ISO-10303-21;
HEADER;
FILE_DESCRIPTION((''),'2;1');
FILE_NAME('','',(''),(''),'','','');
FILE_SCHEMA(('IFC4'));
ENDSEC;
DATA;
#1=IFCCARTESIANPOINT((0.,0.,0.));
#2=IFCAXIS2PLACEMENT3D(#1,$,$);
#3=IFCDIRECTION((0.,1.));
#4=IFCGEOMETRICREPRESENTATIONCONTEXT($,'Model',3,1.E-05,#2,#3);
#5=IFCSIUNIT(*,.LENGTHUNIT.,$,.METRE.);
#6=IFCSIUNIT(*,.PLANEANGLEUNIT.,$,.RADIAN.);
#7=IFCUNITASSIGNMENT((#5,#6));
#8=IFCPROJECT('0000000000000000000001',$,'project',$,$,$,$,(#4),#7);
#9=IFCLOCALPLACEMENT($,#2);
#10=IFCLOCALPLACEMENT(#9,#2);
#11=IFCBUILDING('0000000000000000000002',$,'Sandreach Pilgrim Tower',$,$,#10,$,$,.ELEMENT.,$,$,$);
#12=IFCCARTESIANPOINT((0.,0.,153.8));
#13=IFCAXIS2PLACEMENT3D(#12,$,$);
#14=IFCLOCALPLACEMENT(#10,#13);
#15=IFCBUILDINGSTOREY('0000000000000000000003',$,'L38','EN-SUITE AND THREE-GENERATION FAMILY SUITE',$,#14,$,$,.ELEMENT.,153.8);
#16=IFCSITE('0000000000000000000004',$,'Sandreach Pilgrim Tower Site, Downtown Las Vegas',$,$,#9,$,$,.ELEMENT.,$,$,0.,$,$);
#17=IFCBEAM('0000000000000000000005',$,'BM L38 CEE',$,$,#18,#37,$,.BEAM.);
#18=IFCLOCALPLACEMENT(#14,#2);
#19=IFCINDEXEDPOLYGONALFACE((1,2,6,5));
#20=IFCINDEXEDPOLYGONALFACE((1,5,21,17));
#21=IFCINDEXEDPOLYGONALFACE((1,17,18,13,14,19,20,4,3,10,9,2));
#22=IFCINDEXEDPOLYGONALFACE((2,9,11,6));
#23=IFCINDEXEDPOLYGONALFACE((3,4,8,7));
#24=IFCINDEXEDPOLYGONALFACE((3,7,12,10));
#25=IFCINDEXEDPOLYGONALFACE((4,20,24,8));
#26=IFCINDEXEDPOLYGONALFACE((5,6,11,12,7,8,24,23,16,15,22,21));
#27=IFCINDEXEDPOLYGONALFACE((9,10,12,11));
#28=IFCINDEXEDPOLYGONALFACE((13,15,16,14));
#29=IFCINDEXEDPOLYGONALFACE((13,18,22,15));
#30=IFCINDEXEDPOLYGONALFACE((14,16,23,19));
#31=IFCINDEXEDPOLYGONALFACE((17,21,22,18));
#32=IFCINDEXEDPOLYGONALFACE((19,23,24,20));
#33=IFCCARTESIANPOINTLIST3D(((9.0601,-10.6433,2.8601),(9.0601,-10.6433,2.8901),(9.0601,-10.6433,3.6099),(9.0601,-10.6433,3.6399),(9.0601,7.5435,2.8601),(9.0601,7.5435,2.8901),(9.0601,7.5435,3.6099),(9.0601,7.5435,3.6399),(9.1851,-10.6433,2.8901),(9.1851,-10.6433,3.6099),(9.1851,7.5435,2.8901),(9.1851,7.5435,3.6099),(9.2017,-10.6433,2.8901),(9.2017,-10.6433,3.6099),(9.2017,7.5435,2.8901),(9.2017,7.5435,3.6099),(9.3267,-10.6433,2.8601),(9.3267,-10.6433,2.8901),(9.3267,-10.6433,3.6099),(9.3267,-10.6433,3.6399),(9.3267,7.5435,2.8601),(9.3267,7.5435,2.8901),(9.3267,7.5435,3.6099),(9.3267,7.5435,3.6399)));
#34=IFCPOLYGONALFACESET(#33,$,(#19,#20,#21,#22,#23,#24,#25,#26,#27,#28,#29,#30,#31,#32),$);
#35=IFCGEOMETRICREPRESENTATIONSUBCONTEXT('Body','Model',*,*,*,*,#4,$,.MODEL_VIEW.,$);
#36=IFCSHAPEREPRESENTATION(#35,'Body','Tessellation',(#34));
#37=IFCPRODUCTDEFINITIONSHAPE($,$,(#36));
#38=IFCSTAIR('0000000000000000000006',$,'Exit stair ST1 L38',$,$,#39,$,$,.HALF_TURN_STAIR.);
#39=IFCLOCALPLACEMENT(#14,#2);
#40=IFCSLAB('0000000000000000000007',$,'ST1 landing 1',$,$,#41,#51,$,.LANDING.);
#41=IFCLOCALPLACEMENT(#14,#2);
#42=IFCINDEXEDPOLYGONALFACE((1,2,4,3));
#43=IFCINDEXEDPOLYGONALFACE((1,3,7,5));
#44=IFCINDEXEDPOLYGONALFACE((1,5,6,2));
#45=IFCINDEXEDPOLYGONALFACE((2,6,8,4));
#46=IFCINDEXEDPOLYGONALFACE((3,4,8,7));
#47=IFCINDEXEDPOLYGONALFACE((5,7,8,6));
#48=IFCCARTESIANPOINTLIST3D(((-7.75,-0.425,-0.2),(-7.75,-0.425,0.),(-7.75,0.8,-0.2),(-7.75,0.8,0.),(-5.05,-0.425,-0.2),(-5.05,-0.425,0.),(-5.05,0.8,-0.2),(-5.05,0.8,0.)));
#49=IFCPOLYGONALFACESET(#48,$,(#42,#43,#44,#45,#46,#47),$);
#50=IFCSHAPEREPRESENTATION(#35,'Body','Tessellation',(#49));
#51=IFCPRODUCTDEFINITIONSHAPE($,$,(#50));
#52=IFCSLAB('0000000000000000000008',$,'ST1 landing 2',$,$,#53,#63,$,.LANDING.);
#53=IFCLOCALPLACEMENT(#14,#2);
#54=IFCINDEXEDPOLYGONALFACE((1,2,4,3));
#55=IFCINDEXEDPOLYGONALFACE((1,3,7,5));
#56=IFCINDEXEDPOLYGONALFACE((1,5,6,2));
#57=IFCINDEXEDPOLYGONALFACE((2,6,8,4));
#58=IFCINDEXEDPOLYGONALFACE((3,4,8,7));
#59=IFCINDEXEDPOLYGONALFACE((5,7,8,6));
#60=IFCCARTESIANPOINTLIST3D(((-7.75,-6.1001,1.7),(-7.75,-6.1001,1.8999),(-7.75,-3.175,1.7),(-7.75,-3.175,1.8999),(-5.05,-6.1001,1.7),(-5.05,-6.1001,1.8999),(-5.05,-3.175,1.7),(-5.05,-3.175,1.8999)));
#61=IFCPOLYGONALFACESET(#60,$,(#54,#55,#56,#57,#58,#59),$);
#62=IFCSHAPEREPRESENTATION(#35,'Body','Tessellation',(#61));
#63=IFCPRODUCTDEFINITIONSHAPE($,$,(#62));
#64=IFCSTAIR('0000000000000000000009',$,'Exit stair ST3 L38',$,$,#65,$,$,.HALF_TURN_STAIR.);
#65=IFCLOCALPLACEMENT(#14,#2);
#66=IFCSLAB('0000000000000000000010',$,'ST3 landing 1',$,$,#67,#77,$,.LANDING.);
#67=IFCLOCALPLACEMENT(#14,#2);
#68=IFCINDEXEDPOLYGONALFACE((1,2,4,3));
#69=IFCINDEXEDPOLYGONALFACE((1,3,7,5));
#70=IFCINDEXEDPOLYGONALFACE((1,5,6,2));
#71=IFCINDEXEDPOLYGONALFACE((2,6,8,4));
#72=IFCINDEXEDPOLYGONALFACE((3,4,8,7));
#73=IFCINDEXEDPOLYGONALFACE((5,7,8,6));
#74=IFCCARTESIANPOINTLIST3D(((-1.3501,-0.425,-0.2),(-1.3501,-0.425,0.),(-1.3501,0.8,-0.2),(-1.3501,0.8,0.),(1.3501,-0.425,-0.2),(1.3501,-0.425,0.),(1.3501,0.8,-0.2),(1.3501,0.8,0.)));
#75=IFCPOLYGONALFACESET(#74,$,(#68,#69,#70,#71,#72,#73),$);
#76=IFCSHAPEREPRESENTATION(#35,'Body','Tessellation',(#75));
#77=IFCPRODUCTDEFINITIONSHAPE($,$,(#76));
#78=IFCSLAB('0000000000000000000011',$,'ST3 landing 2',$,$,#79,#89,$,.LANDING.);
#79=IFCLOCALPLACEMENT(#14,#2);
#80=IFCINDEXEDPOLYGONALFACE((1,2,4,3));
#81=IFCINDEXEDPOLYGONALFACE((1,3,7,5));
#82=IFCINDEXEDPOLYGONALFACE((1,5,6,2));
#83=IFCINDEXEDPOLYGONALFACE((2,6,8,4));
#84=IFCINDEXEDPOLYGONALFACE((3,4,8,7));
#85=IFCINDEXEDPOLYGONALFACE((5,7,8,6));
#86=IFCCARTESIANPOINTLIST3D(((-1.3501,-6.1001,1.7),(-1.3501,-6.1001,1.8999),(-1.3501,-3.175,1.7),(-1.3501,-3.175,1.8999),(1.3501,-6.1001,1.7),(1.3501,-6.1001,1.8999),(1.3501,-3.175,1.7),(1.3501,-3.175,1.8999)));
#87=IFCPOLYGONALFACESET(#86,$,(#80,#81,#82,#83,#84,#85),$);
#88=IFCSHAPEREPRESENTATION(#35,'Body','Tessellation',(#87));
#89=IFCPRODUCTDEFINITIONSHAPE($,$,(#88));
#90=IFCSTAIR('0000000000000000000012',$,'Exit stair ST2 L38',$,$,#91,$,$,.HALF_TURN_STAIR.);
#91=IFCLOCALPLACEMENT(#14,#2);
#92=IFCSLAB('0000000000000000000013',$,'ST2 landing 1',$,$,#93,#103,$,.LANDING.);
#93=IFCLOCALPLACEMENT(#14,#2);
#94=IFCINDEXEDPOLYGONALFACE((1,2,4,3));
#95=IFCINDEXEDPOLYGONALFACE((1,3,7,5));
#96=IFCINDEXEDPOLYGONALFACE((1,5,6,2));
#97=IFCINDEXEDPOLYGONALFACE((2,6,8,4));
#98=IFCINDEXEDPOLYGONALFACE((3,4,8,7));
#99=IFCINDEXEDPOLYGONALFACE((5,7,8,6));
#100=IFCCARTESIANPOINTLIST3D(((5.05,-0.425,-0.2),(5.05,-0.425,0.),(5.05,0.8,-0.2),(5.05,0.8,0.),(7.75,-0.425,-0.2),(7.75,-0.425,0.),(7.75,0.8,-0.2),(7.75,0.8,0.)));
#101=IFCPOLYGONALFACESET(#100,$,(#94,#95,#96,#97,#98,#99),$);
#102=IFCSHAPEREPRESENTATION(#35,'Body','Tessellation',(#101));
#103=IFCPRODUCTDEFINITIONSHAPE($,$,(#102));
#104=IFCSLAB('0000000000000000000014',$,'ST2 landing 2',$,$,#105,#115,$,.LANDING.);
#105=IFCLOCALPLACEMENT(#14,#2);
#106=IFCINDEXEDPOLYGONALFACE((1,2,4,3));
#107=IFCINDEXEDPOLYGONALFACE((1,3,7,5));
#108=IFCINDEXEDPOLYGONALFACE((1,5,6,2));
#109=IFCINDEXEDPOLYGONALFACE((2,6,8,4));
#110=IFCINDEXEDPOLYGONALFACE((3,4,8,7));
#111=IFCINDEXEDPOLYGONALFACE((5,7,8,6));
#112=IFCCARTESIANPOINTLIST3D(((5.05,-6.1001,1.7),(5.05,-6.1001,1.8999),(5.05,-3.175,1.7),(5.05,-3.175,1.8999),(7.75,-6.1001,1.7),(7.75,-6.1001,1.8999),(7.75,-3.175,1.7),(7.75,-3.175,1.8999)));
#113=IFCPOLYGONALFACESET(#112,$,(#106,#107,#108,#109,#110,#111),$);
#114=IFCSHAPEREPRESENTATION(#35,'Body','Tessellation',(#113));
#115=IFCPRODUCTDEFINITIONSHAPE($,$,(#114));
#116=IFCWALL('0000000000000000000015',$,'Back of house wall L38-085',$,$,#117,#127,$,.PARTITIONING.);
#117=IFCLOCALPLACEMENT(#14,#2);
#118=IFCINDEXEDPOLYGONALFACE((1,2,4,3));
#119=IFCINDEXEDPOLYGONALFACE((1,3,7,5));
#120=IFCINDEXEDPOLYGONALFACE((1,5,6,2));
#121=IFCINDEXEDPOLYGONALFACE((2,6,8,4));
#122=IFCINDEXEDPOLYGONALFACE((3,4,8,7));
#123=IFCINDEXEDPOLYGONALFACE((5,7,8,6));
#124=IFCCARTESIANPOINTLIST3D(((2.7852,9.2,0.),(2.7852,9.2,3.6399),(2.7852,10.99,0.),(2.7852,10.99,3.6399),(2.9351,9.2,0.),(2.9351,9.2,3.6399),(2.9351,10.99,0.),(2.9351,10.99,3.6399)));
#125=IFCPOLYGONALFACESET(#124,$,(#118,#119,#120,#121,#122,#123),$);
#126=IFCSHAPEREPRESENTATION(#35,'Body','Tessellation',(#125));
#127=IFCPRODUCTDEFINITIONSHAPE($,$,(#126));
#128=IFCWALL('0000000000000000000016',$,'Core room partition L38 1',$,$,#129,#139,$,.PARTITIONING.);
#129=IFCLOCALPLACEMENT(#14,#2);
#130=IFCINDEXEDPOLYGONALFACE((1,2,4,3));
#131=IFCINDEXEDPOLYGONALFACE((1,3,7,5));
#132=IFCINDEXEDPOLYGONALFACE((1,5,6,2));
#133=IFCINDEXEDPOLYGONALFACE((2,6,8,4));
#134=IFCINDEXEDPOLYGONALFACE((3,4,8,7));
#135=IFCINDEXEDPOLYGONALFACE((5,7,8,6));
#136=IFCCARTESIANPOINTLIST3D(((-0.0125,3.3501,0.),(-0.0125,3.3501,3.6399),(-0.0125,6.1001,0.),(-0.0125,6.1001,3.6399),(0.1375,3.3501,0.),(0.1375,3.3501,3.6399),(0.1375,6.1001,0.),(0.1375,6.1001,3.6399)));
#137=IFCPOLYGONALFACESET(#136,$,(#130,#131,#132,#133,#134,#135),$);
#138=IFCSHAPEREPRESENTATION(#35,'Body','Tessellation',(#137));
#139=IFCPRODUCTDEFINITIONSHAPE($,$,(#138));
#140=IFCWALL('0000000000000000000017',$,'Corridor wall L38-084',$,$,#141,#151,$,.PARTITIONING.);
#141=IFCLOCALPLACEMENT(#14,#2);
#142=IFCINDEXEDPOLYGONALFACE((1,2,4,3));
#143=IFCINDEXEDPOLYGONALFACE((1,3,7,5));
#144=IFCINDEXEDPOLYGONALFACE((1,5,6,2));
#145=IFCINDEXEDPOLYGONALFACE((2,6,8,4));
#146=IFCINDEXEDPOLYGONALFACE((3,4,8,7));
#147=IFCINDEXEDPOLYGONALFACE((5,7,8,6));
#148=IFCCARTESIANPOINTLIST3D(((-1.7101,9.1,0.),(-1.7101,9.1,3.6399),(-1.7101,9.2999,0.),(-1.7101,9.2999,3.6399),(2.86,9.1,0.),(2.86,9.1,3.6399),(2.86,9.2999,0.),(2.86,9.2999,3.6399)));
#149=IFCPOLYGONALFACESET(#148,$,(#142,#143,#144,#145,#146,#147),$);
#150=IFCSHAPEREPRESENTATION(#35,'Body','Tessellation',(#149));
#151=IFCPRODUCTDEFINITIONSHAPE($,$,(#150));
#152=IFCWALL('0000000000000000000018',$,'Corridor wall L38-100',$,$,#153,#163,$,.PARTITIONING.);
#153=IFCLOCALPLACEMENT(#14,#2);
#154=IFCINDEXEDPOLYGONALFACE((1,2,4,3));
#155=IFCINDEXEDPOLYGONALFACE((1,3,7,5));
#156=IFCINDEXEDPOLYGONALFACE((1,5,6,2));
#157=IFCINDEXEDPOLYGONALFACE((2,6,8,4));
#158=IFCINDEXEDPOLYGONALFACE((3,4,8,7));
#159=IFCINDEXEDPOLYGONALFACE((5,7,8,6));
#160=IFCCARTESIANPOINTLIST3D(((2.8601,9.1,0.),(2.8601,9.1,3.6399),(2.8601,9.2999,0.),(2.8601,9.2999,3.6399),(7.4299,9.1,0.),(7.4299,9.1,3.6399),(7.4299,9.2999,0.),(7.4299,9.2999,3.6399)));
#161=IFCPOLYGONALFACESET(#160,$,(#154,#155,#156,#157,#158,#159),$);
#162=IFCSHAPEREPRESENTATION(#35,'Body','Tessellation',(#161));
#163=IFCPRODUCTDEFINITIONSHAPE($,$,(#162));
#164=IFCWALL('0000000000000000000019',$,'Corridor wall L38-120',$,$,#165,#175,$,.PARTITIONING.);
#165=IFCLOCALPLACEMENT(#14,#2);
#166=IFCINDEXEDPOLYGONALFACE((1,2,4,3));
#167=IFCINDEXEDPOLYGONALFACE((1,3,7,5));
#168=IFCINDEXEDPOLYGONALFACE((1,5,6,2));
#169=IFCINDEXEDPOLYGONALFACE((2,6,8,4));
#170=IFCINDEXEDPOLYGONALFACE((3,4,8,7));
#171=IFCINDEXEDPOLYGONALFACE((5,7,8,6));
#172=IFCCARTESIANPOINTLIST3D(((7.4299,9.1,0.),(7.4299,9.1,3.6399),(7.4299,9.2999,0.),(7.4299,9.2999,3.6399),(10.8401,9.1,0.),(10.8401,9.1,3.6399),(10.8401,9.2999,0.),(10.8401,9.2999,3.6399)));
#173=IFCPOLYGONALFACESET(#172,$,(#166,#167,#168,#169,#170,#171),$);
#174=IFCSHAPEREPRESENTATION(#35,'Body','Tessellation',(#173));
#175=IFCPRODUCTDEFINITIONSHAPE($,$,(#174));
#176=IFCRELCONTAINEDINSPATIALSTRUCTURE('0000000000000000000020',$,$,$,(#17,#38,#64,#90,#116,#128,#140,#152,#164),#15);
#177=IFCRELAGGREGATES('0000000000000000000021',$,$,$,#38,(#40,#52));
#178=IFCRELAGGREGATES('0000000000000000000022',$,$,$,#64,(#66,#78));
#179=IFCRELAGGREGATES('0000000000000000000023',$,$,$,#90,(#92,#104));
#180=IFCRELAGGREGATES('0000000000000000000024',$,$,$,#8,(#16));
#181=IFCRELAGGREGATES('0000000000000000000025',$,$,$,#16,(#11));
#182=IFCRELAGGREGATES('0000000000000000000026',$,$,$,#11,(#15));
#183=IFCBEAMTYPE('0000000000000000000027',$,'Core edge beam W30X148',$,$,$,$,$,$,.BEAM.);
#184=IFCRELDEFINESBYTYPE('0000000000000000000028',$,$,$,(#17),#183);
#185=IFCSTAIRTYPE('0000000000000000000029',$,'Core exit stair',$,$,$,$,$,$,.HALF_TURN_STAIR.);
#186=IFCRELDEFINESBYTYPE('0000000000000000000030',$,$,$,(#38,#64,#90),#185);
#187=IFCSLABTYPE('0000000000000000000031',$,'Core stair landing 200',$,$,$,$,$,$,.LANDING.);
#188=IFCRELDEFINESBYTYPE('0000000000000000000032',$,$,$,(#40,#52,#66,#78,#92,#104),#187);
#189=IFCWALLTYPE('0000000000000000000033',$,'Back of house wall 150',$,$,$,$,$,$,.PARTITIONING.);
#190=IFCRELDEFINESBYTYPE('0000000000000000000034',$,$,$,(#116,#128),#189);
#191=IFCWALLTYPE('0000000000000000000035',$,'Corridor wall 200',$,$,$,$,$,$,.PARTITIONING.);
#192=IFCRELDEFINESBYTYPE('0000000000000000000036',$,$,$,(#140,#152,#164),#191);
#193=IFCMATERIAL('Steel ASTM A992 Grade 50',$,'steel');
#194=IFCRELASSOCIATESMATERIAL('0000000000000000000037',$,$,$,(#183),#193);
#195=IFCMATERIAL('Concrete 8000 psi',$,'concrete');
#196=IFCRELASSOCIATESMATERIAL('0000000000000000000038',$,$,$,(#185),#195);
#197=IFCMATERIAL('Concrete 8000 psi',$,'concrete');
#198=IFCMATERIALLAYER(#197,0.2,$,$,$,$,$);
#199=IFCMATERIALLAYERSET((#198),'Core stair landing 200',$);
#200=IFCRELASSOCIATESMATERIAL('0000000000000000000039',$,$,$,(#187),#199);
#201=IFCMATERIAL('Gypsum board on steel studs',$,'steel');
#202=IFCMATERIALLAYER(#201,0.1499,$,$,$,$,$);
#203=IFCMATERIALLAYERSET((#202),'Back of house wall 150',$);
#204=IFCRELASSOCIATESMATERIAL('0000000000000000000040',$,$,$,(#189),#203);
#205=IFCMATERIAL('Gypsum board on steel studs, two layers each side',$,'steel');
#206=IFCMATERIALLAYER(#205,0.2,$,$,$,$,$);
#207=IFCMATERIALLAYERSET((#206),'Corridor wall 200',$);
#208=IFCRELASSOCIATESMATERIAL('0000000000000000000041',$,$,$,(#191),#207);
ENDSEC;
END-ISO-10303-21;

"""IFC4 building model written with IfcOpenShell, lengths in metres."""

from ifc_helpers import new_model, si_unit, direction, frame, frame_2d, origin, origin_2d, place, context, subcontext, project, spatial, polyline, rectangle, i_section, outline, extrude, material, layer, layer_set, material_profile, profile_set, type_object, element, aggregate, save


model = new_model("IFC4")

# Units and contexts
model_context = context("Model", 3, precision=1e-05, world=origin(), true_north=direction((0.0, 1.0)))
body_context = subcontext(model_context, "Body", "Model", "MODEL_VIEW")
ifc_project = project(units=[si_unit("LENGTHUNIT", "METRE"), si_unit("PLANEANGLEUNIT", "RADIAN")], contexts=[model_context])

# Site, building, storey
site_placement = place(None, origin())
site = spatial("IfcSite", under=ifc_project, at=site_placement, Name="Sandreach Pilgrim Tower Site, Downtown Las Vegas", CompositionType="ELEMENT", RefElevation=0.0)
building_placement = place(site_placement, origin())
building = spatial("IfcBuilding", under=site, at=building_placement, Name="Sandreach Pilgrim Tower", CompositionType="ELEMENT")
storey_placement = place(building_placement, frame((0.0, 0.0, 153.8)))
storey = spatial("IfcBuildingStorey", under=building, at=storey_placement, Name="L38", Description="EN-SUITE AND THREE-GENERATION FAMILY SUITE", CompositionType="ELEMENT", Elevation=153.8)

# Beam
ifc_material_1 = material(Name="Steel ASTM A992 Grade 50", Category="steel")
ifc_material_profile = material_profile(ifc_material_1, i_section(OverallWidth=0.2666, OverallDepth=0.7798, WebThickness=0.0166, FlangeThickness=0.03, at=origin_2d()), Name="W30X148")
ifc_profile_set = profile_set([ifc_material_profile], Name="Steel ASTM A992 Grade 50")
beam_type = type_object("IfcBeamType", Name="Core edge beam W30X148", PredefinedType="BEAM", material=ifc_profile_set)
beam_placement = place(storey_placement, frame((9.1934, 7.5435, 3.25), z_axis=(0.0, -1.0, 0.0), x_axis=(1.0, 0.0, 0.0)))
element("IfcBeam", 1, at=beam_placement, inside=storey, type_object=beam_type, Name="BM L38 CEE", PredefinedType="BEAM", context=body_context, shape_type="SweptSolid", body=[
    extrude(i_section(OverallWidth=0.2666, OverallDepth=0.7798, WebThickness=0.0166, FlangeThickness=0.03, at=origin_2d()), origin(), (0.0, 0.0, 1.0), 18.1868),
])

# Stairs, slabs
ifc_material_2 = material(Name="Concrete 8000 psi", Category="concrete")
stair_type = type_object("IfcStairType", Name="Core exit stair", PredefinedType="HALF_TURN_STAIR", material=ifc_material_2)
stair_1_placement = place(storey_placement, origin())
stair_1 = element("IfcStair", 2, at=stair_1_placement, inside=storey, type_object=stair_type, Name="Exit stair ST1 L38", PredefinedType="HALF_TURN_STAIR")
ifc_material_3 = material(Name="Concrete 8000 psi", Category="concrete")
ifc_layer_1 = layer(ifc_material_3, 0.2)
ifc_layer_set_1 = layer_set([ifc_layer_1], Name="Core stair landing 200")
slab_type = type_object("IfcSlabType", Name="Core stair landing 200", PredefinedType="LANDING", material=ifc_layer_set_1)
slab_1_placement = place(storey_placement, frame((0.0, 0.0, -0.2)))
slab_1 = element("IfcSlab", 3, at=slab_1_placement, type_object=slab_type, Name="ST1 landing 1", PredefinedType="LANDING", context=body_context, shape_type="SweptSolid", body=[
    extrude(outline(polyline([(-7.75, -0.425), (-5.05, -0.425), (-5.05, 0.8), (-7.75, 0.8), (-7.75, -0.425)])), origin(), (0.0, 0.0, 1.0), 0.2),
])
slab_2_placement = place(storey_placement, frame((0.0, 0.0, 1.7)))
slab_2 = element("IfcSlab", 4, at=slab_2_placement, type_object=slab_type, Name="ST1 landing 2", PredefinedType="LANDING", context=body_context, shape_type="SweptSolid", body=[
    extrude(outline(polyline([(-7.75, -6.1001), (-5.05, -6.1001), (-5.05, -3.175), (-7.75, -3.175), (-7.75, -6.1001)])), origin(), (0.0, 0.0, 1.0), 0.2),
])
aggregate(stair_1, [slab_1, slab_2])
stair_2_placement = place(storey_placement, origin())
stair_2 = element("IfcStair", 5, at=stair_2_placement, inside=storey, type_object=stair_type, Name="Exit stair ST3 L38", PredefinedType="HALF_TURN_STAIR")
slab_3_placement = place(storey_placement, frame((0.0, 0.0, -0.2)))
slab_3 = element("IfcSlab", 6, at=slab_3_placement, type_object=slab_type, Name="ST3 landing 1", PredefinedType="LANDING", context=body_context, shape_type="SweptSolid", body=[
    extrude(outline(polyline([(-1.3501, -0.425), (1.3501, -0.425), (1.3501, 0.8), (-1.3501, 0.8), (-1.3501, -0.425)])), origin(), (0.0, 0.0, 1.0), 0.2),
])
slab_4_placement = place(storey_placement, frame((0.0, 0.0, 1.7)))
slab_4 = element("IfcSlab", 7, at=slab_4_placement, type_object=slab_type, Name="ST3 landing 2", PredefinedType="LANDING", context=body_context, shape_type="SweptSolid", body=[
    extrude(outline(polyline([(-1.3501, -6.1001), (1.3501, -6.1001), (1.3501, -3.175), (-1.3501, -3.175), (-1.3501, -6.1001)])), origin(), (0.0, 0.0, 1.0), 0.2),
])
aggregate(stair_2, [slab_3, slab_4])
stair_3_placement = place(storey_placement, origin())
stair_3 = element("IfcStair", 8, at=stair_3_placement, inside=storey, type_object=stair_type, Name="Exit stair ST2 L38", PredefinedType="HALF_TURN_STAIR")
slab_5_placement = place(storey_placement, frame((0.0, 0.0, -0.2)))
slab_5 = element("IfcSlab", 9, at=slab_5_placement, type_object=slab_type, Name="ST2 landing 1", PredefinedType="LANDING", context=body_context, shape_type="SweptSolid", body=[
    extrude(outline(polyline([(5.05, -0.425), (7.75, -0.425), (7.75, 0.8), (5.05, 0.8), (5.05, -0.425)])), origin(), (0.0, 0.0, 1.0), 0.2),
])
slab_6_placement = place(storey_placement, frame((0.0, 0.0, 1.7)))
slab_6 = element("IfcSlab", 10, at=slab_6_placement, type_object=slab_type, Name="ST2 landing 2", PredefinedType="LANDING", context=body_context, shape_type="SweptSolid", body=[
    extrude(outline(polyline([(5.05, -6.1001), (7.75, -6.1001), (7.75, -3.175), (5.05, -3.175), (5.05, -6.1001)])), origin(), (0.0, 0.0, 1.0), 0.2),
])
aggregate(stair_3, [slab_5, slab_6])

# Walls
ifc_material_4 = material(Name="Gypsum board on steel studs", Category="steel")
ifc_layer_2 = layer(ifc_material_4, 0.1499)
ifc_layer_set_2 = layer_set([ifc_layer_2], Name="Back of house wall 150")
wall_type_1 = type_object("IfcWallType", Name="Back of house wall 150", PredefinedType="PARTITIONING", material=ifc_layer_set_2)
wall_1_placement = place(storey_placement, frame((2.8601, 10.99, 0.0), z_axis=(0.0, 0.0, 1.0), x_axis=(0.0, -1.0, 0.0)))
element("IfcWall", 11, at=wall_1_placement, inside=storey, type_object=wall_type_1, Name="Back of house wall L38-085", PredefinedType="PARTITIONING", context=body_context, shape_type="SweptSolid", body=[
    extrude(rectangle(XDim=1.79, YDim=0.1499, at=frame_2d((0.895, 0.0))), origin(), (0.0, 0.0, 1.0), 3.6399),
])
wall_2_placement = place(storey_placement, frame((0.0625, 3.3501, 0.0), z_axis=(0.0, 0.0, 1.0), x_axis=(0.0, 1.0, 0.0)))
element("IfcWall", 12, at=wall_2_placement, inside=storey, type_object=wall_type_1, Name="Core room partition L38 1", PredefinedType="PARTITIONING", context=body_context, shape_type="SweptSolid", body=[
    extrude(rectangle(XDim=2.75, YDim=0.1499, at=frame_2d((1.375, 0.0))), origin(), (0.0, 0.0, 1.0), 3.6399),
])

# Walls
ifc_material_5 = material(Name="Gypsum board on steel studs, two layers each side", Category="steel")
ifc_layer_3 = layer(ifc_material_5, 0.2)
ifc_layer_set_3 = layer_set([ifc_layer_3], Name="Corridor wall 200")
wall_type_2 = type_object("IfcWallType", Name="Corridor wall 200", PredefinedType="PARTITIONING", material=ifc_layer_set_3)
wall_3_placement = place(storey_placement, frame((2.8601, 9.2, 0.0), z_axis=(0.0, 0.0, 1.0), x_axis=(-1.0, 0.0, 0.0)))
element("IfcWall", 13, at=wall_3_placement, inside=storey, type_object=wall_type_2, Name="Corridor wall L38-084", PredefinedType="PARTITIONING", context=body_context, shape_type="SweptSolid", body=[
    extrude(rectangle(XDim=4.5701, YDim=0.2, at=frame_2d((2.2852, 0.0))), origin(), (0.0, 0.0, 1.0), 3.6399),
])
wall_4_placement = place(storey_placement, frame((7.4299, 9.2, 0.0), z_axis=(0.0, 0.0, 1.0), x_axis=(-1.0, 0.0, 0.0)))
element("IfcWall", 14, at=wall_4_placement, inside=storey, type_object=wall_type_2, Name="Corridor wall L38-100", PredefinedType="PARTITIONING", context=body_context, shape_type="SweptSolid", body=[
    extrude(rectangle(XDim=4.5698, YDim=0.2, at=frame_2d((2.2849, 0.0))), origin(), (0.0, 0.0, 1.0), 3.6399),
])
wall_5_placement = place(storey_placement, frame((10.8401, 9.2, 0.0), z_axis=(0.0, 0.0, 1.0), x_axis=(-1.0, 0.0, 0.0)))
element("IfcWall", 15, at=wall_5_placement, inside=storey, type_object=wall_type_2, Name="Corridor wall L38-120", PredefinedType="PARTITIONING", context=body_context, shape_type="SweptSolid", body=[
    extrude(rectangle(XDim=3.4102, YDim=0.2, at=frame_2d((1.7051, 0.0))), origin(), (0.0, 0.0, 1.0), 3.6399),
])

save(model, "model.ifc")
